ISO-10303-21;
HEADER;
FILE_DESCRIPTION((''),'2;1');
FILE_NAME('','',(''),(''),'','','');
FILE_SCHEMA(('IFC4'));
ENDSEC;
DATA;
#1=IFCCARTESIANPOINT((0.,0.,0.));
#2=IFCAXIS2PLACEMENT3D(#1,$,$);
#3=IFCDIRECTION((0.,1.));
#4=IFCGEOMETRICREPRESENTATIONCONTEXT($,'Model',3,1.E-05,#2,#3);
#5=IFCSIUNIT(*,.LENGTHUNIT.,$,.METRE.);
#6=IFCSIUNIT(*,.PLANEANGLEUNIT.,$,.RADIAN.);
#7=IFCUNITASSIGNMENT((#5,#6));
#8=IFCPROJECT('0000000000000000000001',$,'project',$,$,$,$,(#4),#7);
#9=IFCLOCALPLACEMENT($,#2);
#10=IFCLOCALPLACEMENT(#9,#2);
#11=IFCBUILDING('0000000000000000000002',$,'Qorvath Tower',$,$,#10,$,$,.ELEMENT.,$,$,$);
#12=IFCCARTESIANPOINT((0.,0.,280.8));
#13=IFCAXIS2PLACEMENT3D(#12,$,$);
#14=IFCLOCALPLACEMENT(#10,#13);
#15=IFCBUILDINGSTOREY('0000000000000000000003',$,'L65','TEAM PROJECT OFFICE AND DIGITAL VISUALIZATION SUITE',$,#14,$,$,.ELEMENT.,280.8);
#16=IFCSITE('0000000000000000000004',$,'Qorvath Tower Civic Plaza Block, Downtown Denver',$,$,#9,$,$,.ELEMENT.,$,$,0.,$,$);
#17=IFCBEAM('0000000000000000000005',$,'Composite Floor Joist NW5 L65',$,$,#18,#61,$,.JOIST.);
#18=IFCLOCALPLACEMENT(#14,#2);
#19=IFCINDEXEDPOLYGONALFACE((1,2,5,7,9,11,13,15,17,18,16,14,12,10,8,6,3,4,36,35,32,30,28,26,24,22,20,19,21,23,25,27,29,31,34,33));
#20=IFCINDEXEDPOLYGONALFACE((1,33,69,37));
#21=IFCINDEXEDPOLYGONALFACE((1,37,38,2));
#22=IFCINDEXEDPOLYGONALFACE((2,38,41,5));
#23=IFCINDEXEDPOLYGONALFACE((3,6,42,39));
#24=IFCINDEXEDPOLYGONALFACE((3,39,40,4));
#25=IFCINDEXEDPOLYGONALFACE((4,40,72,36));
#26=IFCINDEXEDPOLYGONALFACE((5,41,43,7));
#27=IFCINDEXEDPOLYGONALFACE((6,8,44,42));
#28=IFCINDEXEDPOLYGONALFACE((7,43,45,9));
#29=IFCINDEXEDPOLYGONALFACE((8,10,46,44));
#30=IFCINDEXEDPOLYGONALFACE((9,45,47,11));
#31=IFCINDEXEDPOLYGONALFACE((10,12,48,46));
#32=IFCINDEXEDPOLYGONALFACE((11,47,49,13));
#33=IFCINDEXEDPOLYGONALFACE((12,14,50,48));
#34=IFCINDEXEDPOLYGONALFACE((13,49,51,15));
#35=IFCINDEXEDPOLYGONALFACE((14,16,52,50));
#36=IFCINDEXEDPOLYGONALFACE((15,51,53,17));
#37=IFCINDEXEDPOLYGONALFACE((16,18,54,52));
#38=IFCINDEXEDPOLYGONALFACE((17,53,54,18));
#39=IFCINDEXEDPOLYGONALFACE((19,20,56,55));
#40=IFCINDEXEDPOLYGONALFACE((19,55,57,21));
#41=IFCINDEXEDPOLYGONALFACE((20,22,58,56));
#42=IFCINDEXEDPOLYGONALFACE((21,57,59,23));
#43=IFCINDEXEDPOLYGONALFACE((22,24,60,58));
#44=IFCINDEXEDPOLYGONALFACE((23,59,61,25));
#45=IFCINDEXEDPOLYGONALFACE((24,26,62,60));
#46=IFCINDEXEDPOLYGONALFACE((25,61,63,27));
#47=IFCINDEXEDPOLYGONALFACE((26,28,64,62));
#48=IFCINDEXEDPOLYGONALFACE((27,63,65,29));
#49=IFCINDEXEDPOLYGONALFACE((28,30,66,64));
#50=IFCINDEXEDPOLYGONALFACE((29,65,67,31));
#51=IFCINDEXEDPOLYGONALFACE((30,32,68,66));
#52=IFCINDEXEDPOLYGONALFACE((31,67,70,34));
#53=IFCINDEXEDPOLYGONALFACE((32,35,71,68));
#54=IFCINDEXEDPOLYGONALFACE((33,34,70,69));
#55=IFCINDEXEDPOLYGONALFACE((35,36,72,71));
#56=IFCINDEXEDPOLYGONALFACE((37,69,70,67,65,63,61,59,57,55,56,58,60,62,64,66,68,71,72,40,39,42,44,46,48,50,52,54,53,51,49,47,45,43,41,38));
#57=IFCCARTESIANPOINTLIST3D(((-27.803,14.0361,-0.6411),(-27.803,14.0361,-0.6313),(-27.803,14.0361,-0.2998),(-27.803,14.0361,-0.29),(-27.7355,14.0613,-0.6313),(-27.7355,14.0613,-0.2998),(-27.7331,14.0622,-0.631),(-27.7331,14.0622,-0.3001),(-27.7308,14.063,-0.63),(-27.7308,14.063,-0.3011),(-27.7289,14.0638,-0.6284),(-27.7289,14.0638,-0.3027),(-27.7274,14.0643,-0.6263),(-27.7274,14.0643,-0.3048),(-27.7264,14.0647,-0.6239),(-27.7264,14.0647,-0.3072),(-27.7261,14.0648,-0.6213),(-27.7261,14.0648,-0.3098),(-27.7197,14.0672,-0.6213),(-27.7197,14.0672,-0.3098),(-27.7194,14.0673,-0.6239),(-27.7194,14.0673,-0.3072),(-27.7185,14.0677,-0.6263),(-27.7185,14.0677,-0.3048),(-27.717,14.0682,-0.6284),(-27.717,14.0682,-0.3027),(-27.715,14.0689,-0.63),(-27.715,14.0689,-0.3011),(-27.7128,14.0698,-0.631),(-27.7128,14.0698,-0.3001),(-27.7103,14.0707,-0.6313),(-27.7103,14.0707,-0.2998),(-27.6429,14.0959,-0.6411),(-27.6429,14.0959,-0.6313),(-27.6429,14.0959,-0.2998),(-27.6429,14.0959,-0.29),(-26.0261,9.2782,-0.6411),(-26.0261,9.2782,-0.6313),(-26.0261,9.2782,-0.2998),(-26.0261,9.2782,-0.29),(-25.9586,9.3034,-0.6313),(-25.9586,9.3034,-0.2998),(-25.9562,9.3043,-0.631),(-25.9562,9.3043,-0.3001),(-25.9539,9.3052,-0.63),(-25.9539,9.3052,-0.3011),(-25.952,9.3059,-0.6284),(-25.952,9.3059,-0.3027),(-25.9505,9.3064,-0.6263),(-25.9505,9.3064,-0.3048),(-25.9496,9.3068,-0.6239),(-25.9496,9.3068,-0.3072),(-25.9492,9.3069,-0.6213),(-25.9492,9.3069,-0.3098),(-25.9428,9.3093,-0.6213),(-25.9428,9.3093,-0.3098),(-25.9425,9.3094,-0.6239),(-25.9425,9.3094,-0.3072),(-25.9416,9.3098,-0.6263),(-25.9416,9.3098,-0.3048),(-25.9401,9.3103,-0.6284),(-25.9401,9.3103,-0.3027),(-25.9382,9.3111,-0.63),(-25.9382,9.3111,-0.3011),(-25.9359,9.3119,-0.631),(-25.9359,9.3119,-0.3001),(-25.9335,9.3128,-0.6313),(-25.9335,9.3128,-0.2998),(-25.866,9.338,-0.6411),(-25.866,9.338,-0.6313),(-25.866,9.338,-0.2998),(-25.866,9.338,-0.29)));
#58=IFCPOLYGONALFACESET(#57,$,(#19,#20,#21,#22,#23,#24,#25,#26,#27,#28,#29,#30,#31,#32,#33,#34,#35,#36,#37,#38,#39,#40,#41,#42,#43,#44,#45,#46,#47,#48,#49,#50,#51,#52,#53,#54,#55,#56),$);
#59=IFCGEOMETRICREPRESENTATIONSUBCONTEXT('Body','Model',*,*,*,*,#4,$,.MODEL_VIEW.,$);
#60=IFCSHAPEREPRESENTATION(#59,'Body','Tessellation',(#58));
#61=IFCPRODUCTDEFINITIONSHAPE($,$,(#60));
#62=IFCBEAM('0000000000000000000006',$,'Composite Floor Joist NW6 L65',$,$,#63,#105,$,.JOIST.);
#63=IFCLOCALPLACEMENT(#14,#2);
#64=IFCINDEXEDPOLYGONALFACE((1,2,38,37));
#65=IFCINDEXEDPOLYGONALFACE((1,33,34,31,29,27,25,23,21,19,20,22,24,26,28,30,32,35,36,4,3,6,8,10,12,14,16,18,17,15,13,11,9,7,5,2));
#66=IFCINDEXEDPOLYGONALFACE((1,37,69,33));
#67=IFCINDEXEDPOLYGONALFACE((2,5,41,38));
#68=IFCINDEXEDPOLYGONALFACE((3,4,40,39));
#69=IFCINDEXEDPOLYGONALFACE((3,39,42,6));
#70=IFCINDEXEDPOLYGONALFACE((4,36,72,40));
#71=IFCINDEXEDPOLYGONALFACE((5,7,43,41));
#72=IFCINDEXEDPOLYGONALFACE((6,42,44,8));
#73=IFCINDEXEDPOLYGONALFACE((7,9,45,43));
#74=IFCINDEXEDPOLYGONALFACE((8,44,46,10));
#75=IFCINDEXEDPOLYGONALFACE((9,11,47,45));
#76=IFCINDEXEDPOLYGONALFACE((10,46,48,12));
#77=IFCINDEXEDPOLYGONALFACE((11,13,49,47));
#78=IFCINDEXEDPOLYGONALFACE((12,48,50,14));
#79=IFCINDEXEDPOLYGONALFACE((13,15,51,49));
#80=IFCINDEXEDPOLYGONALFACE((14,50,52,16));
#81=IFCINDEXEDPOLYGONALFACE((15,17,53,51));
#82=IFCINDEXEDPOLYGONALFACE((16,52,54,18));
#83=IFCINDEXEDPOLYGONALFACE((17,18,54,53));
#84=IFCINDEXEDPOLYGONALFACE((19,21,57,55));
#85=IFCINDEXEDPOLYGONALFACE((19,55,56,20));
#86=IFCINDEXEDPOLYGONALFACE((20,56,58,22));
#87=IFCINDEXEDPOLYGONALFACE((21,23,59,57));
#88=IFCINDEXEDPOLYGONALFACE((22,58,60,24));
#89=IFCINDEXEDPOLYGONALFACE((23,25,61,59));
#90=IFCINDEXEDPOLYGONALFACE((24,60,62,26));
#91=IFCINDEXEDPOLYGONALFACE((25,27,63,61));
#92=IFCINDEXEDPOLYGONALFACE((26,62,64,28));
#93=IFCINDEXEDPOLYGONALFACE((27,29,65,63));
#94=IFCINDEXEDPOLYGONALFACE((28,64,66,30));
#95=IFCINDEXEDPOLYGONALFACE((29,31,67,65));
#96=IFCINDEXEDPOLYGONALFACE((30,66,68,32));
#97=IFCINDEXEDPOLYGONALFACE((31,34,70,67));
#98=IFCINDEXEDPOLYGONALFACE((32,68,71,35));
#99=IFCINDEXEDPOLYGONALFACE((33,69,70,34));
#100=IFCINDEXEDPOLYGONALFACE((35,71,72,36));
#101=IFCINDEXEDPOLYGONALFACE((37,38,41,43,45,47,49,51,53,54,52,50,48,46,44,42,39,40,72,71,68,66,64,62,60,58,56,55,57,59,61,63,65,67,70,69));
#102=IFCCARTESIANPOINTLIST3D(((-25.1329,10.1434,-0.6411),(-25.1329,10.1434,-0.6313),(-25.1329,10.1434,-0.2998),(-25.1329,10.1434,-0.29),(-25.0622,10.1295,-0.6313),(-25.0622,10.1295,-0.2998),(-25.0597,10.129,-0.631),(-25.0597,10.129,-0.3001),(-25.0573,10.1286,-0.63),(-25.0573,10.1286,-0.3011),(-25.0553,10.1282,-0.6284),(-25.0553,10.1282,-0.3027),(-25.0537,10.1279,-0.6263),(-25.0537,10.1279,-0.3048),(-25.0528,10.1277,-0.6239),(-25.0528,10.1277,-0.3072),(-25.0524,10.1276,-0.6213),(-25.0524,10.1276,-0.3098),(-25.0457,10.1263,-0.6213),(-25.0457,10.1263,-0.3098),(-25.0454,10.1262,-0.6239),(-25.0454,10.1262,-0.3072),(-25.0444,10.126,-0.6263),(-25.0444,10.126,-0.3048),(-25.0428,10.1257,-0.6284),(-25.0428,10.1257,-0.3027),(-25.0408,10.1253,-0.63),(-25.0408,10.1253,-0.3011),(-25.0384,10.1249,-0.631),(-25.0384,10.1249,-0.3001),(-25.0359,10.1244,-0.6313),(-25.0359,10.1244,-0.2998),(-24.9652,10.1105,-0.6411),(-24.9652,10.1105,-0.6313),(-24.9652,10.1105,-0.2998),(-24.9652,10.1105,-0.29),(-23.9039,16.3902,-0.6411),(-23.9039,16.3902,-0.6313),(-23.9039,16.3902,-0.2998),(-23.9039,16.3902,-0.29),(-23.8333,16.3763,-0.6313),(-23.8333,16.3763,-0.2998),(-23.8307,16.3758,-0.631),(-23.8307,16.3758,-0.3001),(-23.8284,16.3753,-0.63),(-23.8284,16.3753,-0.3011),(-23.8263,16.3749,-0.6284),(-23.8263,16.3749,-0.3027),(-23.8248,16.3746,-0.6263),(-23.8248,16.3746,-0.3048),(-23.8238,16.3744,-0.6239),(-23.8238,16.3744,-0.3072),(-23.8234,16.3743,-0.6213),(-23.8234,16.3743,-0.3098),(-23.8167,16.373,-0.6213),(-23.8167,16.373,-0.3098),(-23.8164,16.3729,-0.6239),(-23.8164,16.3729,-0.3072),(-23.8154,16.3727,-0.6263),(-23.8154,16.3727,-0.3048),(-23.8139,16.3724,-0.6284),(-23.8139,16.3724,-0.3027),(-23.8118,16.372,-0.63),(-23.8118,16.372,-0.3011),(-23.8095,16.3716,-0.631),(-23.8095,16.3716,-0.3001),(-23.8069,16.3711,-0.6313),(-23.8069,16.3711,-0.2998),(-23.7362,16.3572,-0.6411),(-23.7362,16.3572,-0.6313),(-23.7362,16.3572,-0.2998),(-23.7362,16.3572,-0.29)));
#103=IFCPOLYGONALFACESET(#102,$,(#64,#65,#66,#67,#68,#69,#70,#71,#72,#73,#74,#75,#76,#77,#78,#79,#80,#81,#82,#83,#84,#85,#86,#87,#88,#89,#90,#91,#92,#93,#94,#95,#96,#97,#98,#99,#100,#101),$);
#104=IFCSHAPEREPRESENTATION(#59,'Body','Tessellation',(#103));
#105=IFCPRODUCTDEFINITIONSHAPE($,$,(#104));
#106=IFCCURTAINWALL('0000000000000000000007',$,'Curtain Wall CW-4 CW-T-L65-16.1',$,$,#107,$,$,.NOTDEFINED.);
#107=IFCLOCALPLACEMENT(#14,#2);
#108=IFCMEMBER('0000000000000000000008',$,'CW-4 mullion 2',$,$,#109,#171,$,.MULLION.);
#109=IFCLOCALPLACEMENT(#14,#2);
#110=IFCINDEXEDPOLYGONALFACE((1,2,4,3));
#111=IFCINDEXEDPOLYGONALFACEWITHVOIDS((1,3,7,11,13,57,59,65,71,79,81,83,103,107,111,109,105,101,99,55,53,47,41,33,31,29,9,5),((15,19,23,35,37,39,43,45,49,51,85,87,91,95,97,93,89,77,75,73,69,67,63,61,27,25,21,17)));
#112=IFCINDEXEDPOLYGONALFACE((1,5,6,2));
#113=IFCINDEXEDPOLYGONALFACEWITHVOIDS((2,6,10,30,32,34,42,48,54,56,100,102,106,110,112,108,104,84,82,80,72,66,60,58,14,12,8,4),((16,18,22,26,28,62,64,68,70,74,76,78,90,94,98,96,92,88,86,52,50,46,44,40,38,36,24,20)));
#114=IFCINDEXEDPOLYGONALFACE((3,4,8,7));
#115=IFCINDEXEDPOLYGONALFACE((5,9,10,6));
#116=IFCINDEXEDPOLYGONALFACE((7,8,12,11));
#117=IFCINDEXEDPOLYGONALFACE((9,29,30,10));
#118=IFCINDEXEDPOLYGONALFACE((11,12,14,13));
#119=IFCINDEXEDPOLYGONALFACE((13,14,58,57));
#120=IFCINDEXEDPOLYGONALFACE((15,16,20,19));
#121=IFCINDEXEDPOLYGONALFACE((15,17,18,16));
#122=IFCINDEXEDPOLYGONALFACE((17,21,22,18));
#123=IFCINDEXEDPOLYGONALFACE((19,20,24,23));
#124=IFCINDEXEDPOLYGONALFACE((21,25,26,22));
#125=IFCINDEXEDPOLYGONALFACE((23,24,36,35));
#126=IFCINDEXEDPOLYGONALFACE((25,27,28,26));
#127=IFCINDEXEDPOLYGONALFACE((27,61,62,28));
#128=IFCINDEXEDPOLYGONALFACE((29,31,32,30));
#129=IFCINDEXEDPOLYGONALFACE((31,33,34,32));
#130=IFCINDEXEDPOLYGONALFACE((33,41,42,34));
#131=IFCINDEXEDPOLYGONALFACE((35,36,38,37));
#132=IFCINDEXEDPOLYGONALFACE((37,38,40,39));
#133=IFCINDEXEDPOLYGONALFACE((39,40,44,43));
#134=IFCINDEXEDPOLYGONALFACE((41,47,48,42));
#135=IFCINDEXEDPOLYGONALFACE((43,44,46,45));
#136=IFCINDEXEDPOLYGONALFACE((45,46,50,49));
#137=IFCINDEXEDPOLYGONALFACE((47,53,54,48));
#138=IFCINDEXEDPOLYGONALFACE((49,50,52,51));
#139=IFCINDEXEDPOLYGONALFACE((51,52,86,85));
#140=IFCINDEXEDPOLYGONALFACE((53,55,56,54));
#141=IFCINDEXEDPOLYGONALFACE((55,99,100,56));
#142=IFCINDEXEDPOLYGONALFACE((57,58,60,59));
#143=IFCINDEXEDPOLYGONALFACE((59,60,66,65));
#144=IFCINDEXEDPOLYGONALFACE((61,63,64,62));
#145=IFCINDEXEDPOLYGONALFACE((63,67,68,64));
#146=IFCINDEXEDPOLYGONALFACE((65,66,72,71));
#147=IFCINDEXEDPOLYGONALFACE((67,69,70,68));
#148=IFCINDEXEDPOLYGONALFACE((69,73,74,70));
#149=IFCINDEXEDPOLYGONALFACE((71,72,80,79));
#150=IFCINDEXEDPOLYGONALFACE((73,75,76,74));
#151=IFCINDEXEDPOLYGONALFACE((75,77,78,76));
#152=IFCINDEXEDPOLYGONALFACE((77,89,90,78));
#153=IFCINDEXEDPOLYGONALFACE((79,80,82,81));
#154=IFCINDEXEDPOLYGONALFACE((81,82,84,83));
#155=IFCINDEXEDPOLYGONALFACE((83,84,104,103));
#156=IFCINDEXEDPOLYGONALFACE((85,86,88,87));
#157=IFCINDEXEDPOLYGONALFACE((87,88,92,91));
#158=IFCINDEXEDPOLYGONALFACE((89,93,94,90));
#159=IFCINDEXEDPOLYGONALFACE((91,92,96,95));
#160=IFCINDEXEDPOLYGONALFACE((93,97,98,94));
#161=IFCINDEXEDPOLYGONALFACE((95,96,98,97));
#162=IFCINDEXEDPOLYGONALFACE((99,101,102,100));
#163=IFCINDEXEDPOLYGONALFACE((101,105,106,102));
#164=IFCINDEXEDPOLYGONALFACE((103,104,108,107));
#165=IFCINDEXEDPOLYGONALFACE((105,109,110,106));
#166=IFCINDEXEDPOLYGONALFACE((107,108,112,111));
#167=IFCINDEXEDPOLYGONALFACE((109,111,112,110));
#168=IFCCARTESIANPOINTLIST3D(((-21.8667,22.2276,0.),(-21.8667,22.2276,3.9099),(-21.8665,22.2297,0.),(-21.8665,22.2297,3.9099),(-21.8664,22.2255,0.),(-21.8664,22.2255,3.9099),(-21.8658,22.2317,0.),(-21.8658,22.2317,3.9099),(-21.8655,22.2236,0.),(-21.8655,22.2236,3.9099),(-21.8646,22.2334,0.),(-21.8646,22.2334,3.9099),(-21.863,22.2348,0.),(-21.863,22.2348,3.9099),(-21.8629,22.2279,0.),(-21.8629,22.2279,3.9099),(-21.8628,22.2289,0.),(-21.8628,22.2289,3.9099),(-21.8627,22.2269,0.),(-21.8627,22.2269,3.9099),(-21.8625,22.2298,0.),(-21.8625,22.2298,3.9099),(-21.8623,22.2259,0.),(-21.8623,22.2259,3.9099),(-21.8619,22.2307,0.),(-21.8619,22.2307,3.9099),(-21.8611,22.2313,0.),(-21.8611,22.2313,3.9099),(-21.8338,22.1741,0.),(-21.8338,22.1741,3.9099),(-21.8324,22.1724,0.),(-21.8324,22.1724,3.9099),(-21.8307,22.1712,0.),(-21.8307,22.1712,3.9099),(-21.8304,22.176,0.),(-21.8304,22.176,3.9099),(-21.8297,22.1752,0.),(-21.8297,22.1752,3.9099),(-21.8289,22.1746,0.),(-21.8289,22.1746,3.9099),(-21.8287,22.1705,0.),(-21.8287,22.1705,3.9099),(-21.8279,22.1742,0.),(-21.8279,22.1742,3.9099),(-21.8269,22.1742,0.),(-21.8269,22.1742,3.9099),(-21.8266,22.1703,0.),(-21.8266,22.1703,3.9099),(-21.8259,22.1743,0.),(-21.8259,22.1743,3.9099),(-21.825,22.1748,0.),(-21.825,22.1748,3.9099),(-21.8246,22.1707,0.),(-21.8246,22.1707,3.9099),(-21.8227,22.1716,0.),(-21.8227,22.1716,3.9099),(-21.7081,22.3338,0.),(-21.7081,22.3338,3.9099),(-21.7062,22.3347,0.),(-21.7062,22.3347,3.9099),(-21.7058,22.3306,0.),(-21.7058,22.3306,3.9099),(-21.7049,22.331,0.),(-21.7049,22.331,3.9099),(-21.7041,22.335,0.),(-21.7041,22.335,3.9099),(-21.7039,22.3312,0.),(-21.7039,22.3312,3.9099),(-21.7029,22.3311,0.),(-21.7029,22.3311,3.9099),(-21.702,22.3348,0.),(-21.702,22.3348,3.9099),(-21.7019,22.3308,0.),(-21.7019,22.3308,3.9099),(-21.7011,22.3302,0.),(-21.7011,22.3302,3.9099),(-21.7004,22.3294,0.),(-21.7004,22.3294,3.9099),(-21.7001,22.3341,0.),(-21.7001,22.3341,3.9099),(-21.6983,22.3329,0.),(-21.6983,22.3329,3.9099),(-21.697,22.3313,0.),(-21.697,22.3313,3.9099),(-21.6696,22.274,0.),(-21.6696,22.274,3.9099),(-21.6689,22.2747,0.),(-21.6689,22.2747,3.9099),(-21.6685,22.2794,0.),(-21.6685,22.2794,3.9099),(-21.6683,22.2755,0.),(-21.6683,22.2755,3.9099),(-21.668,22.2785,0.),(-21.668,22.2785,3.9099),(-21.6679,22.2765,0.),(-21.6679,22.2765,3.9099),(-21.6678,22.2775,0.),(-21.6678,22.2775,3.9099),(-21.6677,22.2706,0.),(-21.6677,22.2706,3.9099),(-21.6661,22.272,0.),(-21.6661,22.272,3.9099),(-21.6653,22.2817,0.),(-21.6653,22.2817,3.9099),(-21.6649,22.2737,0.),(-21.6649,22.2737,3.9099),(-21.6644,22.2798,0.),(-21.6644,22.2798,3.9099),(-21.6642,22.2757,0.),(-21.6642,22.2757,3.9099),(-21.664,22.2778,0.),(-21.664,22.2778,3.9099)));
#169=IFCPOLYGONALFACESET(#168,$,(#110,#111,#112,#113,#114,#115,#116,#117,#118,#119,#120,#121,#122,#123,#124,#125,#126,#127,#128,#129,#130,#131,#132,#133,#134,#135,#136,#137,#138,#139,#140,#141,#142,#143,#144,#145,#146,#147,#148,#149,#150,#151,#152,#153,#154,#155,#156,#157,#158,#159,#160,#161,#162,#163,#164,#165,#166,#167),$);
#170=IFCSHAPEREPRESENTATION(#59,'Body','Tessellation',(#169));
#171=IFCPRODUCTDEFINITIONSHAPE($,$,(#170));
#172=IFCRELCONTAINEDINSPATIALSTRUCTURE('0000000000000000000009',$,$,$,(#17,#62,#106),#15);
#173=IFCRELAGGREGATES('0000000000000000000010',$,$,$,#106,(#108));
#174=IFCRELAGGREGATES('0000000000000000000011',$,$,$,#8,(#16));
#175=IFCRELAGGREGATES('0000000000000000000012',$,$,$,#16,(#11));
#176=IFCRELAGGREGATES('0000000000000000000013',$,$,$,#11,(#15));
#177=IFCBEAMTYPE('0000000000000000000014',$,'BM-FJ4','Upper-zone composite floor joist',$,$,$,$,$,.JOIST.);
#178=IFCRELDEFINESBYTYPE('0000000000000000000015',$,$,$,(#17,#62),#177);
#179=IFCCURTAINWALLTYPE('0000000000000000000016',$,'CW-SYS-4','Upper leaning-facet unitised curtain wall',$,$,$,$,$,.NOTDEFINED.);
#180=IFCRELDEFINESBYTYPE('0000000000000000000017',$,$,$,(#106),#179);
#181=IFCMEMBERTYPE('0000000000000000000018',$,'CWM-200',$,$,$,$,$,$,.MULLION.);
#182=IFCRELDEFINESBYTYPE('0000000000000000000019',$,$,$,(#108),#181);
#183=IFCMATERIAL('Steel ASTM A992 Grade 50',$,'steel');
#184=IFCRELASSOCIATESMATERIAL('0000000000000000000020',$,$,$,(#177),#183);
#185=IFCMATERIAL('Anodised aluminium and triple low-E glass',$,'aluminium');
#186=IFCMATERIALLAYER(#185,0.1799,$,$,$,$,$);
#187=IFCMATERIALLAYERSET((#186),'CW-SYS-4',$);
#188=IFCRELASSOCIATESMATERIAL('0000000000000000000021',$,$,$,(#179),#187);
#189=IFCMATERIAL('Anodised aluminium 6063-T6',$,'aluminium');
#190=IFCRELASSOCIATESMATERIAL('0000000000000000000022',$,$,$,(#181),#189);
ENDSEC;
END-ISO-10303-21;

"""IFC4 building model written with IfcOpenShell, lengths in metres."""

from ifc_helpers import new_model, si_unit, direction, frame, origin, origin_2d, place, context, subcontext, project, spatial, hollow_rectangle, i_section, extrude, material, layer, layer_set, material_profile, profile_set, type_object, element, aggregate, save


model = new_model("IFC4")

# Units and contexts
model_context = context("Model", 3, precision=1e-05, world=origin(), true_north=direction((0.0, 1.0)))
body_context = subcontext(model_context, "Body", "Model", "MODEL_VIEW")
ifc_project = project(units=[si_unit("LENGTHUNIT", "METRE"), si_unit("PLANEANGLEUNIT", "RADIAN")], contexts=[model_context])

# Site, building, storey
site_placement = place(None, origin())
site = spatial("IfcSite", under=ifc_project, at=site_placement, Name="Qorvath Tower Civic Plaza Block, Downtown Denver", CompositionType="ELEMENT", RefElevation=0.0)
building_placement = place(site_placement, origin())
building = spatial("IfcBuilding", under=site, at=building_placement, Name="Qorvath Tower", CompositionType="ELEMENT")
storey_placement = place(building_placement, frame((0.0, 0.0, 280.8)))
storey = spatial("IfcBuildingStorey", under=building, at=storey_placement, Name="L65", Description="TEAM PROJECT OFFICE AND DIGITAL VISUALIZATION SUITE", CompositionType="ELEMENT", Elevation=280.8)

# Beams
ifc_material_1 = material(Name="Steel ASTM A992 Grade 50", Category="steel")
ifc_material_profile_1 = material_profile(ifc_material_1, i_section(OverallWidth=0.1709, OverallDepth=0.3511, WebThickness=0.0068, FlangeThickness=0.0098, FilletRadius=0.01, at=origin_2d()), Name="W14x30")
ifc_profile_set_1 = profile_set([ifc_material_profile_1], Name="Steel ASTM A992 Grade 50")
beam_type_1 = type_object("IfcBeamType", Name="BM-FJ4", Description="Upper-zone composite floor joist", PredefinedType="JOIST", material=ifc_profile_set_1)
beam_1_placement = place(storey_placement, frame((-25.946, 9.3081, -0.4656), z_axis=(-0.349859, 0.936802, 0.0), x_axis=(-0.936802, -0.349859, 0.0)))
element("IfcBeam", 1, at=beam_1_placement, inside=storey, type_object=beam_type_1, Name="Composite Floor Joist NW5 L65", PredefinedType="JOIST", context=body_context, shape_type="SweptSolid", body=[
    extrude(i_section(OverallWidth=0.1709, OverallDepth=0.3511, WebThickness=0.0068, FlangeThickness=0.0098, FilletRadius=0.01, at=origin_2d()), origin(), (0.0, 0.0, 1.0), 5.0789),
])
beam_2_placement = place(storey_placement, frame((-25.0491, 10.127, -0.4656), z_axis=(0.19304, 0.981191, 0.0), x_axis=(-0.981191, 0.19304, 0.0)))
element("IfcBeam", 2, at=beam_2_placement, inside=storey, type_object=beam_type_1, Name="Composite Floor Joist NW6 L65", PredefinedType="JOIST", context=body_context, shape_type="SweptSolid", body=[
    extrude(i_section(OverallWidth=0.1709, OverallDepth=0.3511, WebThickness=0.0068, FlangeThickness=0.0098, FilletRadius=0.01, at=origin_2d()), origin(), (0.0, 0.0, 1.0), 6.3665),
])

# Curtain wall, member
ifc_material_2 = material(Name="Anodised aluminium and triple low-E glass", Category="aluminium")
ifc_layer_1 = layer(ifc_material_2, 0.1799)
ifc_layer_set_1 = layer_set([ifc_layer_1], Name="CW-SYS-4")
curtain_wall_type = type_object("IfcCurtainWallType", Name="CW-SYS-4", Description="Upper leaning-facet unitised curtain wall", PredefinedType="NOTDEFINED", material=ifc_layer_set_1)
curtain_wall_placement = place(storey_placement, origin())
curtain_wall = element("IfcCurtainWall", 3, at=curtain_wall_placement, inside=storey, type_object=curtain_wall_type, Name="Curtain Wall CW-4 CW-T-L65-16.1", PredefinedType="NOTDEFINED")
ifc_material_3 = material(Name="Anodised aluminium 6063-T6", Category="aluminium")
ifc_material_profile_2 = material_profile(ifc_material_3, hollow_rectangle(XDim=0.075, YDim=0.2, WallThickness=0.0039, InnerFilletRadius=0.0039, OuterFilletRadius=0.0081, at=origin_2d()), Name="CWM 200x75")
ifc_profile_set_2 = profile_set([ifc_material_profile_2], Name="Anodised aluminium 6063-T6")
member_type_1 = type_object("IfcMemberType", Name="CWM-200", PredefinedType="MULLION", material=ifc_profile_set_2)
member_1_placement = place(storey_placement, frame((-21.7654, 22.2527, 0.0), z_axis=(0.0, 0.0, 1.0), x_axis=(0.538534, -0.842604, 0.0)))
member_1 = element("IfcMember", 4, at=member_1_placement, type_object=member_type_1, Name="CW-4 mullion 2", PredefinedType="MULLION", context=body_context, shape_type="SweptSolid", body=[
    extrude(hollow_rectangle(XDim=0.075, YDim=0.2, WallThickness=0.0039, InnerFilletRadius=0.0039, OuterFilletRadius=0.0081, at=origin_2d()), origin(), (0.0, 0.0, 1.0), 3.9099),
])
aggregate(curtain_wall, [member_1])

save(model, "model.ifc")
